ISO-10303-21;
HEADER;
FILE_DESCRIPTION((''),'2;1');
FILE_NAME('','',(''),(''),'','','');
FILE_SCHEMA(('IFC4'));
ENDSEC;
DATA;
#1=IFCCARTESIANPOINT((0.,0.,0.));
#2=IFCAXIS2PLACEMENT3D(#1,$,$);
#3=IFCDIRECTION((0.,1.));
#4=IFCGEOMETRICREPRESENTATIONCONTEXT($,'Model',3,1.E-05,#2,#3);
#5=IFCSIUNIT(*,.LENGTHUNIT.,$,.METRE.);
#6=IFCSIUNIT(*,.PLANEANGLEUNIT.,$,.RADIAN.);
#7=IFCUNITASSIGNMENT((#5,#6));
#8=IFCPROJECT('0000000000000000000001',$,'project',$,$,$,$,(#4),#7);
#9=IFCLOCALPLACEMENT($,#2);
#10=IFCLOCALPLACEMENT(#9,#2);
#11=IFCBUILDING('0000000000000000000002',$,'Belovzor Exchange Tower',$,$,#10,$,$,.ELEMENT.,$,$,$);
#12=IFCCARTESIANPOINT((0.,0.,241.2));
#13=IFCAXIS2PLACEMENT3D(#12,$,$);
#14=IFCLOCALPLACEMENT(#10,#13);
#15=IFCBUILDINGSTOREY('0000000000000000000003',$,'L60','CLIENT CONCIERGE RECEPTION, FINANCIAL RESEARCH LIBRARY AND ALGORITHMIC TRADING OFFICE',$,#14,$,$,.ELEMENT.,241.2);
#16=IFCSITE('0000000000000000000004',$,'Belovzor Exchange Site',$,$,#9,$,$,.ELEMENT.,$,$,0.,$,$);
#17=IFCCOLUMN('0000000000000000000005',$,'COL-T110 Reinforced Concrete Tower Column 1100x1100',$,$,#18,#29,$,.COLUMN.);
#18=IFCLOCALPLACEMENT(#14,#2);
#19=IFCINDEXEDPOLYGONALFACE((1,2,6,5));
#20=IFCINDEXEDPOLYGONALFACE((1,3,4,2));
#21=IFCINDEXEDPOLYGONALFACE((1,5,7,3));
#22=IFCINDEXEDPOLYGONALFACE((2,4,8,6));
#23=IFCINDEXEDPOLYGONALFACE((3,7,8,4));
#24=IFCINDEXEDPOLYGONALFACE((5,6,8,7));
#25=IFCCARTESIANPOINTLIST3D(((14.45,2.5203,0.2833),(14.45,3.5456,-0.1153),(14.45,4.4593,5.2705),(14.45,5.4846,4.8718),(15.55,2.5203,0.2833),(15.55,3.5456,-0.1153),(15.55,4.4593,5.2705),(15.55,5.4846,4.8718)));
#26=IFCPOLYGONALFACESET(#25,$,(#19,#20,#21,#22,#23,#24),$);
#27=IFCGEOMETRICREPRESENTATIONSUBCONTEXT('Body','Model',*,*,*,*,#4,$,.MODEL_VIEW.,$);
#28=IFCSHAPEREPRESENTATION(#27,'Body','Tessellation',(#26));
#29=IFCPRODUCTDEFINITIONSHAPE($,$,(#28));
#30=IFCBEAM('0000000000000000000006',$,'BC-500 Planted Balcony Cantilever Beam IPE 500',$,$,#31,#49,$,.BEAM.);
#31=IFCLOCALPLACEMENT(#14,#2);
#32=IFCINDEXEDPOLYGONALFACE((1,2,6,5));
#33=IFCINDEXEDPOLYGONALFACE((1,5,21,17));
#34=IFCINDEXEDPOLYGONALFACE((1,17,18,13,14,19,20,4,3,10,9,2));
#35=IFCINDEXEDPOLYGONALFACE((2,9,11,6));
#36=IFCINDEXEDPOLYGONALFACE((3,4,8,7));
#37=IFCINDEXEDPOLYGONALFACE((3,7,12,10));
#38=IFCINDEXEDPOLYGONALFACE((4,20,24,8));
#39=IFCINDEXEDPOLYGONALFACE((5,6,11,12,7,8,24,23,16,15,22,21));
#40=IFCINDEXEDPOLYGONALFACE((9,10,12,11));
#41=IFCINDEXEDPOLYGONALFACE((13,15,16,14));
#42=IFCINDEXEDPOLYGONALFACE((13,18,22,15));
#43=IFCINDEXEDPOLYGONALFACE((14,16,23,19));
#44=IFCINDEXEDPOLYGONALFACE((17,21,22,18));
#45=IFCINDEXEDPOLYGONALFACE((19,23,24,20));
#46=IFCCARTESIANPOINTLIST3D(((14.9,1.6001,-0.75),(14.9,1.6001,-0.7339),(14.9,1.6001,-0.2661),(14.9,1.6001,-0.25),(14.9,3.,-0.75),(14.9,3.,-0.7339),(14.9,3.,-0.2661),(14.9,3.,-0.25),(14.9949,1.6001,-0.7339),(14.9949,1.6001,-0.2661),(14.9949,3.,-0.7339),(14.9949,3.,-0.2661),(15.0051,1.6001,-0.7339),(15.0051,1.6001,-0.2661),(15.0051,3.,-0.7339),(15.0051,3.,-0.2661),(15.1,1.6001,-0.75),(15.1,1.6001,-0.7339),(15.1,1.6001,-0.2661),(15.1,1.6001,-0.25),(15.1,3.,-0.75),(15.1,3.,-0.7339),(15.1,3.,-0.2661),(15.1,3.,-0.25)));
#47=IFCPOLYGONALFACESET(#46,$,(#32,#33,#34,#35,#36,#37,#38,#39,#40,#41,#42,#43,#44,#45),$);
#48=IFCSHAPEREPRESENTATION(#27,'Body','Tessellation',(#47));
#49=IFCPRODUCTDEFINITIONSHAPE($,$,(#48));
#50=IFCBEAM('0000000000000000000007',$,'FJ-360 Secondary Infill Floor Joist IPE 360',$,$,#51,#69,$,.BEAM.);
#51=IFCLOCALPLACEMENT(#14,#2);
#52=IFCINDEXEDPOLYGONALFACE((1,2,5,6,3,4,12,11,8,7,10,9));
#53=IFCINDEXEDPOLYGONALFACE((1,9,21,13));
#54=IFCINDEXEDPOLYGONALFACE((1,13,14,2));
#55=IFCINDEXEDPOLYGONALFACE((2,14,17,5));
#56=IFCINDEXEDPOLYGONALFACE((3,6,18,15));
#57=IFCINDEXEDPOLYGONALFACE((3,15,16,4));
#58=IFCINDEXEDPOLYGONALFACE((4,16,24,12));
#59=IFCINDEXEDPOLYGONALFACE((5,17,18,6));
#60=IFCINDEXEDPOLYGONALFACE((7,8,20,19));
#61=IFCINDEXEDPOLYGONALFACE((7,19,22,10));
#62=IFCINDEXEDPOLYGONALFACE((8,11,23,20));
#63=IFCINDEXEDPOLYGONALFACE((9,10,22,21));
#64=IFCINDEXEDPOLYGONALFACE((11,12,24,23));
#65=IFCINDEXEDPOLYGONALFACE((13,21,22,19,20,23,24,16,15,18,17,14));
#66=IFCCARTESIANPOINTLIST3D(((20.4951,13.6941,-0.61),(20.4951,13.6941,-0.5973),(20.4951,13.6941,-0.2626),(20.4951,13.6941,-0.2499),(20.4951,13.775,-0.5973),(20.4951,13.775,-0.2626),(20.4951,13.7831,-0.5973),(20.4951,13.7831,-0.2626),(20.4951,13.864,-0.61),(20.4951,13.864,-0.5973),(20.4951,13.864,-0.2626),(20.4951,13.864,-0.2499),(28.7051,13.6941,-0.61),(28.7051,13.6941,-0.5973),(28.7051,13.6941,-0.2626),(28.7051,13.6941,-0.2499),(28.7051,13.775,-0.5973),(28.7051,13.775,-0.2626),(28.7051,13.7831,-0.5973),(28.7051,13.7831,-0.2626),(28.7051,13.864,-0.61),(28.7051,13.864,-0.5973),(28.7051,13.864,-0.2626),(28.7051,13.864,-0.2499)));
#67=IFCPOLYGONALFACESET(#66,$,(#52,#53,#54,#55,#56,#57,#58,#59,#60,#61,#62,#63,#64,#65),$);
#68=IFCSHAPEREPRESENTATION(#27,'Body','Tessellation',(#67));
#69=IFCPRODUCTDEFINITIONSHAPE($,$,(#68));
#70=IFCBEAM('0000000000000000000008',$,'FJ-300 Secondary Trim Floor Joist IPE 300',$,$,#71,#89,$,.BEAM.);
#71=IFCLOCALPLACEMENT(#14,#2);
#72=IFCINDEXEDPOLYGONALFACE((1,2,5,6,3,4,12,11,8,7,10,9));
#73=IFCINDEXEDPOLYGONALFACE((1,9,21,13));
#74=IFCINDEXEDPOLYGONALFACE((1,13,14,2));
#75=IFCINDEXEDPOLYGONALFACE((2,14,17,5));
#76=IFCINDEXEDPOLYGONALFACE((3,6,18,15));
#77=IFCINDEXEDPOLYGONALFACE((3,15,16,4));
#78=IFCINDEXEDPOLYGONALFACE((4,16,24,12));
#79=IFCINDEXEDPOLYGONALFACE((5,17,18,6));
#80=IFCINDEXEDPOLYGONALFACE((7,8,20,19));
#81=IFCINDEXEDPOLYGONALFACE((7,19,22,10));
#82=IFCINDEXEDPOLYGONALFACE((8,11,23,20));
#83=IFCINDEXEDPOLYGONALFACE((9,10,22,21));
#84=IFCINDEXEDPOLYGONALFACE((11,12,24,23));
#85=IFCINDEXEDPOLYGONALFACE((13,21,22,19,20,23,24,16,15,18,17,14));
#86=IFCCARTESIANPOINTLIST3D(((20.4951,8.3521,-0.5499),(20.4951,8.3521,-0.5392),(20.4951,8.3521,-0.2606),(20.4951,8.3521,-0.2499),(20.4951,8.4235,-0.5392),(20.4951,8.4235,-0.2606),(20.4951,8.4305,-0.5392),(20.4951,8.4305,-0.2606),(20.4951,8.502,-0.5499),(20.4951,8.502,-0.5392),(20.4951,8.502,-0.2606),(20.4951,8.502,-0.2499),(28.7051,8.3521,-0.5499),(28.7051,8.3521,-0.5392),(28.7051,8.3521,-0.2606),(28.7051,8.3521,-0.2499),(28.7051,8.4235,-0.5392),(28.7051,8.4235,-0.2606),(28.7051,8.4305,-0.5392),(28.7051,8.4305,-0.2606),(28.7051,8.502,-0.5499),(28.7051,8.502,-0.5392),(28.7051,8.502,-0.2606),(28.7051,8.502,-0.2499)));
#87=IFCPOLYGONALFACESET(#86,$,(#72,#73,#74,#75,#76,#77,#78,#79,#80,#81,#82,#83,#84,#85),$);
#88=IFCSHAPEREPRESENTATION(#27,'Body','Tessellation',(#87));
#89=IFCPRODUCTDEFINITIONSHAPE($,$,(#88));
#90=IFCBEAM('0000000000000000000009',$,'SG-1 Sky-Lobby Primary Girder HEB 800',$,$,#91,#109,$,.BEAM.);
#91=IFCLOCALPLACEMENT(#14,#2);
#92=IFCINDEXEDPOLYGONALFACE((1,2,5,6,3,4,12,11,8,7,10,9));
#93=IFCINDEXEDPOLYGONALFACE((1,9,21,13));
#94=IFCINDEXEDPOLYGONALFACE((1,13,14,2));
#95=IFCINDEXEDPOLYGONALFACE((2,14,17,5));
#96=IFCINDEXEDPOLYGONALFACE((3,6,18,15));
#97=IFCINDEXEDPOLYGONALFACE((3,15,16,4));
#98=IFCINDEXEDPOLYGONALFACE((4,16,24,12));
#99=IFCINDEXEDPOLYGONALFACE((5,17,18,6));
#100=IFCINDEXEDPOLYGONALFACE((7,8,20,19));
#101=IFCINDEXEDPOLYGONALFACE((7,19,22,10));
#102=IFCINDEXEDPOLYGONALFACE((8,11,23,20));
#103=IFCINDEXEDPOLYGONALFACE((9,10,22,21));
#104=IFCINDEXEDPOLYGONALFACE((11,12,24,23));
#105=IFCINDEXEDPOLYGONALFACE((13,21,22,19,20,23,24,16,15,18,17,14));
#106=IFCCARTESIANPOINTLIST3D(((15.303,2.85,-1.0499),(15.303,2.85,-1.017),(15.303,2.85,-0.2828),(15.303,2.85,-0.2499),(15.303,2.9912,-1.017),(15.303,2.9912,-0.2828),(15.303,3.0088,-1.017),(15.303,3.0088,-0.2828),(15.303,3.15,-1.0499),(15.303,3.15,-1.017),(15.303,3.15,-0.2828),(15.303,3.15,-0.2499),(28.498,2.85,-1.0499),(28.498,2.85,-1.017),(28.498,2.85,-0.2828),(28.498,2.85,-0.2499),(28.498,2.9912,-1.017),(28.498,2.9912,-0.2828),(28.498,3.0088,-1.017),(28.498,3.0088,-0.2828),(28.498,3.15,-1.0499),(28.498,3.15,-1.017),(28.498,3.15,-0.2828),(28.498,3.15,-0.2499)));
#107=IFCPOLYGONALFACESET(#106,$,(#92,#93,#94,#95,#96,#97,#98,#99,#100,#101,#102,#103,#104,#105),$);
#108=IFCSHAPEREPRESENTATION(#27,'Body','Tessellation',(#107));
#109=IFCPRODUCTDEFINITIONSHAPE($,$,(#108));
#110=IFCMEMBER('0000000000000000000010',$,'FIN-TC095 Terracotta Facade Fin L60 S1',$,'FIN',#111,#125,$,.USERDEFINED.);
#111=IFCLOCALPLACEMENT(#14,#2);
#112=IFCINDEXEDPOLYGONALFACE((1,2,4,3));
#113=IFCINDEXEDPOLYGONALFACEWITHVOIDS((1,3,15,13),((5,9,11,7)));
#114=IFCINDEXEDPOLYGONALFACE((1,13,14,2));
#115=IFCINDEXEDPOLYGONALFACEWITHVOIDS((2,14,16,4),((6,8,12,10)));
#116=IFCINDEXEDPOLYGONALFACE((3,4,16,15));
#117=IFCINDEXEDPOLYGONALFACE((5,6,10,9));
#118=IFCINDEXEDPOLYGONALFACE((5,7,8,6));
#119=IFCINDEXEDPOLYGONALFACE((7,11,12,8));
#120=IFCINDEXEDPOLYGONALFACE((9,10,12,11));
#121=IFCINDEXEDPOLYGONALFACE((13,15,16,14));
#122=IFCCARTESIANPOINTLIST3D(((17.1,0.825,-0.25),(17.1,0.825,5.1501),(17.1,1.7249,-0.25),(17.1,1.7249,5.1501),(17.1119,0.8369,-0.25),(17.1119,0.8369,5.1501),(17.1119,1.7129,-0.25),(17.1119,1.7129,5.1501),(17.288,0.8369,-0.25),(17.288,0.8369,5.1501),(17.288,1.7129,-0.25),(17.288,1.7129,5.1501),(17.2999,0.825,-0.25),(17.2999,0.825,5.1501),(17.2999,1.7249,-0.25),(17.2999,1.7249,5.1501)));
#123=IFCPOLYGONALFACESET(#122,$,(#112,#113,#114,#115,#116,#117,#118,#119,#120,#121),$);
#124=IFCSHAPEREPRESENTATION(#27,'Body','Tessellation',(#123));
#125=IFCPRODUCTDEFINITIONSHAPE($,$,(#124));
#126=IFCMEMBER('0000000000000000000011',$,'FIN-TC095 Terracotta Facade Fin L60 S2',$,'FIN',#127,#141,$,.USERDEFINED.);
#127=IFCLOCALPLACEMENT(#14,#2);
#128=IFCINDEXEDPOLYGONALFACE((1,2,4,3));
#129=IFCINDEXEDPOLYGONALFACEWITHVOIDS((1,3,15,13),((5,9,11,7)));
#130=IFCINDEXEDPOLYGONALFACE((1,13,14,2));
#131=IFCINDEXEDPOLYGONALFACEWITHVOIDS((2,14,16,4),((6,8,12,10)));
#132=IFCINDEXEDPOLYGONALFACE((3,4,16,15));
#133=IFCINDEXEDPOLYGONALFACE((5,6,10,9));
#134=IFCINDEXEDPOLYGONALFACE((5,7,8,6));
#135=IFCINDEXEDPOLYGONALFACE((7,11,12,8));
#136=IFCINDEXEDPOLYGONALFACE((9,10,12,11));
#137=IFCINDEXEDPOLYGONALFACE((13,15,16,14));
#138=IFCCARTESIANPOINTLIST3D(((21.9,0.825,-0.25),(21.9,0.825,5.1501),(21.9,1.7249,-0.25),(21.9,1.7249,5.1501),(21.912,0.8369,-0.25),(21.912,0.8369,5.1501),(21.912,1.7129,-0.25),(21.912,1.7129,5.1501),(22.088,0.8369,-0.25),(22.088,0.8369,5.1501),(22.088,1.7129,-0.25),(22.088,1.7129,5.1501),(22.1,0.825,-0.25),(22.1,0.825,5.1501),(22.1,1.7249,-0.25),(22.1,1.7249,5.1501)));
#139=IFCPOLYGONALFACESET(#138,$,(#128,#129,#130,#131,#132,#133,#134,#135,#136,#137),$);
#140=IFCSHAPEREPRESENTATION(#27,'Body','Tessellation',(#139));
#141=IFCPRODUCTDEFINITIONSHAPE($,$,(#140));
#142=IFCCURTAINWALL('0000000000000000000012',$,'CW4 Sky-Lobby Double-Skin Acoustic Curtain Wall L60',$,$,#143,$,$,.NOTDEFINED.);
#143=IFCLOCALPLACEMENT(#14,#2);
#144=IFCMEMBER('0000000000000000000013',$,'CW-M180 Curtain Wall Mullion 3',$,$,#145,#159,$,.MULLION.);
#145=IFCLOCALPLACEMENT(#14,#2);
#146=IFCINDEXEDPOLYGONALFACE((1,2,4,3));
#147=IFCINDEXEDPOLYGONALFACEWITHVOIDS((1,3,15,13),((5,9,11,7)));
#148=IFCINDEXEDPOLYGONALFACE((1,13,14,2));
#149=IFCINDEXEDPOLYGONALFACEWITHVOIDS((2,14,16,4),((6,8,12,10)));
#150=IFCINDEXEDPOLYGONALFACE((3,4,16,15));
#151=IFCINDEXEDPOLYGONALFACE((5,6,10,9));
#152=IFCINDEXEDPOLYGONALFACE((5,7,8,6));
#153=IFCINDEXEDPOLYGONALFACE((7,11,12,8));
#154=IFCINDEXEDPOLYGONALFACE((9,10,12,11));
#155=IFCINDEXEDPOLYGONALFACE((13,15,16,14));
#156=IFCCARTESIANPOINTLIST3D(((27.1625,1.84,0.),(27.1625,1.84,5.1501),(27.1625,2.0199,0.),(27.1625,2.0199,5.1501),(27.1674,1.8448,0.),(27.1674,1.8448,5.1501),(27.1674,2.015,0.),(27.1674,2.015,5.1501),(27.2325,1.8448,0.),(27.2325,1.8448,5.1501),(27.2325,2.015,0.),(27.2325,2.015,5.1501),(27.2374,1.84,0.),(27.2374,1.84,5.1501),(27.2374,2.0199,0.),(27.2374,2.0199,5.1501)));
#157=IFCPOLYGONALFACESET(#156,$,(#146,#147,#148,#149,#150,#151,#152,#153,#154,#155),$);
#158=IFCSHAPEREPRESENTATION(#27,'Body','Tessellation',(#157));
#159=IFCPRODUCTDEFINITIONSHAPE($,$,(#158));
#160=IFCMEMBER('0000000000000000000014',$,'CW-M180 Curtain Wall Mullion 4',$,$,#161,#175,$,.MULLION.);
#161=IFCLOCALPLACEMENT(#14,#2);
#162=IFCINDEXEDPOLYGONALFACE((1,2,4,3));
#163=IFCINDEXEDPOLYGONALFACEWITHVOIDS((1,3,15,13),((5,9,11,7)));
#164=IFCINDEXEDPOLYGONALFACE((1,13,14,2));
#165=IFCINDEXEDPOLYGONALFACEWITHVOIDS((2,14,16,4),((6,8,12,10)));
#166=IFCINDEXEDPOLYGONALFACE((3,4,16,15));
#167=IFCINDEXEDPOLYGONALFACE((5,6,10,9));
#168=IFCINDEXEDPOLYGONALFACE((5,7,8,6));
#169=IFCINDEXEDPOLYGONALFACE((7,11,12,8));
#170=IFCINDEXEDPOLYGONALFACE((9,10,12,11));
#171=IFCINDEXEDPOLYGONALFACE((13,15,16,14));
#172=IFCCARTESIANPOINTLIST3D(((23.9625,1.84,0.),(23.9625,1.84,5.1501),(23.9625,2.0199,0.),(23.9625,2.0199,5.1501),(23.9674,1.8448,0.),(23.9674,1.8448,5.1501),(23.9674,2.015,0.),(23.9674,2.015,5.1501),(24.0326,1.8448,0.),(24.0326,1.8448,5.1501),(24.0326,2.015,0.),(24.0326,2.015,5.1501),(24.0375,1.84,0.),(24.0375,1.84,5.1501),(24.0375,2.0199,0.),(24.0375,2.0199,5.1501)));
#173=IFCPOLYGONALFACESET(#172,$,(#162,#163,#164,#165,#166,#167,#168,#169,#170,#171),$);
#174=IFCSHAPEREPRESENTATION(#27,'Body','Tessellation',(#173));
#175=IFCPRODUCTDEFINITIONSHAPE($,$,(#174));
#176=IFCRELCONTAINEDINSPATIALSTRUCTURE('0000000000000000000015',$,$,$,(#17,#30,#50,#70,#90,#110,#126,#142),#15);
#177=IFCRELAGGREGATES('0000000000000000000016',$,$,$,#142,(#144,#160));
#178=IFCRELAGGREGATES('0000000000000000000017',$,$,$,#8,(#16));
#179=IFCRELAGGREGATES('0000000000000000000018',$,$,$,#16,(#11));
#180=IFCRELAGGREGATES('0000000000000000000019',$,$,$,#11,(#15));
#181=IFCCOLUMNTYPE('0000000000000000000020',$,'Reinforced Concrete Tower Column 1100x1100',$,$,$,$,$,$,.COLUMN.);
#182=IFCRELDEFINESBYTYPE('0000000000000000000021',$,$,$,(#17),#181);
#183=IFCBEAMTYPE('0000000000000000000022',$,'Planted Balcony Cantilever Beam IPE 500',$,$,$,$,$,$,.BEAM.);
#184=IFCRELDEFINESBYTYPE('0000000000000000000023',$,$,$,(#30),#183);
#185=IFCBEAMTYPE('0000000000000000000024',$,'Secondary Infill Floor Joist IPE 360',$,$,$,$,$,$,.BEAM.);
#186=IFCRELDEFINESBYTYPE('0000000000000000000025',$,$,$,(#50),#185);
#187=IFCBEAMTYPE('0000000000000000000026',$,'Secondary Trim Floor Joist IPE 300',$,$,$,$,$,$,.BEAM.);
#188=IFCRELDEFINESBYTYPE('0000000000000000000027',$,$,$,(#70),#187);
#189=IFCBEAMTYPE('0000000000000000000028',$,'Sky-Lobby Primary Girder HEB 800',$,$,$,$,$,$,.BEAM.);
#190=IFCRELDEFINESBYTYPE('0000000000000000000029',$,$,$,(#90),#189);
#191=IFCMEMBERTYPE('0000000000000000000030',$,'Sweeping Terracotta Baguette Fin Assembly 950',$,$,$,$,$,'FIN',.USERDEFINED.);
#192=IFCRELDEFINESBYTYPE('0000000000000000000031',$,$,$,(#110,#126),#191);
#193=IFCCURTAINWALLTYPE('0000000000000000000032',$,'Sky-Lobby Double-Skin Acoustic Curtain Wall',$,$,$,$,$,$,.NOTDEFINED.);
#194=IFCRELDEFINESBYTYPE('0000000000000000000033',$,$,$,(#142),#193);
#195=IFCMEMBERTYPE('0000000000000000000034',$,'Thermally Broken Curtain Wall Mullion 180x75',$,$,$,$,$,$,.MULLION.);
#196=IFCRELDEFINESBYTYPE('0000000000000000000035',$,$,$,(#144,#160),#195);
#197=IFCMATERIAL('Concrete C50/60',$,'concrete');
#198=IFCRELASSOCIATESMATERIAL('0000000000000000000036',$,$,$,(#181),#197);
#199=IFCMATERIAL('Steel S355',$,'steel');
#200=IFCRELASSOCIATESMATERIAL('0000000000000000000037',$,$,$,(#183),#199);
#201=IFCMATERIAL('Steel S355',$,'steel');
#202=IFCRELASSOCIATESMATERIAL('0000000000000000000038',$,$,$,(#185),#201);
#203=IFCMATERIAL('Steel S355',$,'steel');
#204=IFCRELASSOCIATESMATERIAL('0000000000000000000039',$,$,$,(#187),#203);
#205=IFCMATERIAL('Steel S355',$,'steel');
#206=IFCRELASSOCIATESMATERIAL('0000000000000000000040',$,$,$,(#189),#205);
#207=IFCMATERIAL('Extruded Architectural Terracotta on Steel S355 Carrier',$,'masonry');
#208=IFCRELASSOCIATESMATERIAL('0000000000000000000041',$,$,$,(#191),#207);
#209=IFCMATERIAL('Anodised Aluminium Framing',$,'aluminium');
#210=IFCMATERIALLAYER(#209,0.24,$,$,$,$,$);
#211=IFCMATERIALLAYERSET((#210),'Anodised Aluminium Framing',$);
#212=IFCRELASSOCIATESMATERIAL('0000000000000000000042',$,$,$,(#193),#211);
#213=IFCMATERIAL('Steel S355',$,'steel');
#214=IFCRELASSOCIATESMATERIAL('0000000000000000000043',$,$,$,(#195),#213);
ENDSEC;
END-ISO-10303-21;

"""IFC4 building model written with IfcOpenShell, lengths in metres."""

from ifc_helpers import new_model, si_unit, direction, frame, origin, origin_2d, place, context, subcontext, project, spatial, rectangle, hollow_rectangle, i_section, extrude, material, layer, layer_set, material_profile, profile_set, type_object, element, aggregate, save


model = new_model("IFC4")

# Units and contexts
model_context = context("Model", 3, precision=1e-05, world=origin(), true_north=direction((0.0, 1.0)))
body_context = subcontext(model_context, "Body", "Model", "MODEL_VIEW")
ifc_project = project(units=[si_unit("LENGTHUNIT", "METRE"), si_unit("PLANEANGLEUNIT", "RADIAN")], contexts=[model_context])

# Site, building, storey
site_placement = place(None, origin())
site = spatial("IfcSite", under=ifc_project, at=site_placement, Name="Belovzor Exchange Site", CompositionType="ELEMENT", RefElevation=0.0)
building_placement = place(site_placement, origin())
building = spatial("IfcBuilding", under=site, at=building_placement, Name="Belovzor Exchange Tower", CompositionType="ELEMENT")
storey_placement = place(building_placement, frame((0.0, 0.0, 241.2)))
storey = spatial("IfcBuildingStorey", under=building, at=storey_placement, Name="L60", Description="CLIENT CONCIERGE RECEPTION, FINANCIAL RESEARCH LIBRARY AND ALGORITHMIC TRADING OFFICE", CompositionType="ELEMENT", Elevation=241.2)

# Column
ifc_material_1 = material(Name="Concrete C50/60", Category="concrete")
ifc_material_profile_1 = material_profile(ifc_material_1, rectangle(XDim=1.1001, YDim=1.1001, at=origin_2d()))
ifc_profile_set_1 = profile_set([ifc_material_profile_1], Name="Concrete C50/60")
column_type = type_object("IfcColumnType", Name="Reinforced Concrete Tower Column 1100x1100", PredefinedType="COLUMN", material=ifc_profile_set_1)
column_placement = place(storey_placement, frame((15.0, 3.033, 0.084), z_axis=(0.0, 0.362374, 0.932033), x_axis=(-1.0, 0.0, 0.0)))
element("IfcColumn", 1, at=column_placement, inside=storey, type_object=column_type, Name="COL-T110 Reinforced Concrete Tower Column 1100x1100", PredefinedType="COLUMN", context=body_context, shape_type="SweptSolid", body=[
    extrude(rectangle(XDim=1.1001, YDim=1.1001, at=origin_2d()), origin(), (0.0, 0.0, 1.0), 5.3508),
])

# Beams
ifc_material_2 = material(Name="Steel S355", Category="steel")
ifc_material_profile_2 = material_profile(ifc_material_2, i_section(OverallWidth=0.2, OverallDepth=0.5, WebThickness=0.0103, FlangeThickness=0.0161, at=origin_2d()))
ifc_profile_set_2 = profile_set([ifc_material_profile_2], Name="Steel S355")
beam_type_1 = type_object("IfcBeamType", Name="Planted Balcony Cantilever Beam IPE 500", PredefinedType="BEAM", material=ifc_profile_set_2)
beam_1_placement = place(storey_placement, frame((15.0, 3.0, -0.5), z_axis=(0.0, -1.0, 0.0), x_axis=(1.0, 0.0, 0.0)))
element("IfcBeam", 2, at=beam_1_placement, inside=storey, type_object=beam_type_1, Name="BC-500 Planted Balcony Cantilever Beam IPE 500", PredefinedType="BEAM", context=body_context, shape_type="SweptSolid", body=[
    extrude(i_section(OverallWidth=0.2, OverallDepth=0.5, WebThickness=0.0103, FlangeThickness=0.0161, at=origin_2d()), origin(), (0.0, 0.0, 1.0), 1.3999),
])
ifc_material_3 = material(Name="Steel S355", Category="steel")
ifc_material_profile_3 = material_profile(ifc_material_3, i_section(OverallWidth=0.1699, OverallDepth=0.3601, WebThickness=0.0081, FlangeThickness=0.0127, at=origin_2d()))
ifc_profile_set_3 = profile_set([ifc_material_profile_3], Name="Steel S355")
beam_type_2 = type_object("IfcBeamType", Name="Secondary Infill Floor Joist IPE 360", PredefinedType="BEAM", material=ifc_profile_set_3)
beam_2_placement = place(storey_placement, frame((20.4951, 13.7791, -0.4299), z_axis=(1.0, 0.0, 0.0), x_axis=(0.0, 1.0, 0.0)))
element("IfcBeam", 3, at=beam_2_placement, inside=storey, type_object=beam_type_2, Name="FJ-360 Secondary Infill Floor Joist IPE 360", PredefinedType="BEAM", context=body_context, shape_type="SweptSolid", body=[
    extrude(i_section(OverallWidth=0.1699, OverallDepth=0.3601, WebThickness=0.0081, FlangeThickness=0.0127, at=origin_2d()), origin(), (0.0, 0.0, 1.0), 8.21),
])
ifc_material_4 = material(Name="Steel S355", Category="steel")
ifc_material_profile_4 = material_profile(ifc_material_4, i_section(OverallWidth=0.1499, OverallDepth=0.3, WebThickness=0.0071, FlangeThickness=0.0107, at=origin_2d()))
ifc_profile_set_4 = profile_set([ifc_material_profile_4], Name="Steel S355")
beam_type_3 = type_object("IfcBeamType", Name="Secondary Trim Floor Joist IPE 300", PredefinedType="BEAM", material=ifc_profile_set_4)
beam_3_placement = place(storey_placement, frame((20.4951, 8.427, -0.3999), z_axis=(1.0, 0.0, 0.0), x_axis=(0.0, 1.0, 0.0)))
element("IfcBeam", 4, at=beam_3_placement, inside=storey, type_object=beam_type_3, Name="FJ-300 Secondary Trim Floor Joist IPE 300", PredefinedType="BEAM", context=body_context, shape_type="SweptSolid", body=[
    extrude(i_section(OverallWidth=0.1499, OverallDepth=0.3, WebThickness=0.0071, FlangeThickness=0.0107, at=origin_2d()), origin(), (0.0, 0.0, 1.0), 8.21),
])
ifc_material_5 = material(Name="Steel S355", Category="steel")
ifc_material_profile_5 = material_profile(ifc_material_5, i_section(OverallWidth=0.3, OverallDepth=0.8, WebThickness=0.0176, FlangeThickness=0.033, at=origin_2d()))
ifc_profile_set_5 = profile_set([ifc_material_profile_5], Name="Steel S355")
beam_type_4 = type_object("IfcBeamType", Name="Sky-Lobby Primary Girder HEB 800", PredefinedType="BEAM", material=ifc_profile_set_5)
beam_4_placement = place(storey_placement, frame((15.303, 3.0, -0.6499), z_axis=(1.0, 0.0, 0.0), x_axis=(0.0, 1.0, 0.0)))
element("IfcBeam", 5, at=beam_4_placement, inside=storey, type_object=beam_type_4, Name="SG-1 Sky-Lobby Primary Girder HEB 800", PredefinedType="BEAM", context=body_context, shape_type="SweptSolid", body=[
    extrude(i_section(OverallWidth=0.3, OverallDepth=0.8, WebThickness=0.0176, FlangeThickness=0.033, at=origin_2d()), origin(), (0.0, 0.0, 1.0), 13.1951),
])

# Members
ifc_material_6 = material(Name="Extruded Architectural Terracotta on Steel S355 Carrier", Category="masonry")
ifc_material_profile_6 = material_profile(ifc_material_6, hollow_rectangle(XDim=0.2, YDim=0.8999, WallThickness=0.012, at=origin_2d()))
ifc_profile_set_6 = profile_set([ifc_material_profile_6], Name="Extruded Architectural Terracotta on Steel S355 Carrier")
member_type_1 = type_object("IfcMemberType", Name="Sweeping Terracotta Baguette Fin Assembly 950", ElementType="FIN", PredefinedType="USERDEFINED", material=ifc_profile_set_6)
for number, where, z_axis, x_axis, name in (
    (6, (17.2, 1.2749, -0.25), (0.0, 0.0, 1.0), (1.0, 0.0, 0.0), "FIN-TC095 Terracotta Facade Fin L60 S1"),
    (7, (22.0, 1.2749, -0.25), (0.0, 0.0, 1.0), (1.0, 0.0, 0.0), "FIN-TC095 Terracotta Facade Fin L60 S2"),
):
    element("IfcMember", number, at=place(storey_placement, frame(where, z_axis=z_axis, x_axis=x_axis)), inside=storey, type_object=member_type_1, Name=name, ObjectType="FIN", PredefinedType="USERDEFINED", context=body_context, shape_type="SweptSolid", body=[
        extrude(hollow_rectangle(XDim=0.2, YDim=0.8999, WallThickness=0.012, at=origin_2d()), origin(), (0.0, 0.0, 1.0), 5.4001),
    ])

# Curtain wall, members
ifc_material_7 = material(Name="Anodised Aluminium Framing", Category="aluminium")
ifc_layer_1 = layer(ifc_material_7, 0.24)
ifc_layer_set_1 = layer_set([ifc_layer_1], Name="Anodised Aluminium Framing")
curtain_wall_type = type_object("IfcCurtainWallType", Name="Sky-Lobby Double-Skin Acoustic Curtain Wall", PredefinedType="NOTDEFINED", material=ifc_layer_set_1)
curtain_wall_placement = place(storey_placement, origin())
curtain_wall = element("IfcCurtainWall", 8, at=curtain_wall_placement, inside=storey, type_object=curtain_wall_type, Name="CW4 Sky-Lobby Double-Skin Acoustic Curtain Wall L60", PredefinedType="NOTDEFINED")
ifc_material_8 = material(Name="Steel S355", Category="steel")
ifc_material_profile_7 = material_profile(ifc_material_8, hollow_rectangle(XDim=0.075, YDim=0.1799, WallThickness=0.0049, at=origin_2d()))
ifc_profile_set_7 = profile_set([ifc_material_profile_7], Name="Steel S355")
member_type_2 = type_object("IfcMemberType", Name="Thermally Broken Curtain Wall Mullion 180x75", PredefinedType="MULLION", material=ifc_profile_set_7)
member_1_placement = place(storey_placement, frame((27.2, 1.9299, 0.0), z_axis=(0.0, 0.0, 1.0), x_axis=(-1.0, 0.0, 0.0)))
member_1 = element("IfcMember", 9, at=member_1_placement, type_object=member_type_2, Name="CW-M180 Curtain Wall Mullion 3", PredefinedType="MULLION", context=body_context, shape_type="SweptSolid", body=[
    extrude(hollow_rectangle(XDim=0.075, YDim=0.1799, WallThickness=0.0049, at=origin_2d()), origin(), (0.0, 0.0, 1.0), 5.1501),
])
member_2_placement = place(storey_placement, frame((24.0, 1.9299, 0.0), z_axis=(0.0, 0.0, 1.0), x_axis=(-1.0, 0.0, 0.0)))
member_2 = element("IfcMember", 10, at=member_2_placement, type_object=member_type_2, Name="CW-M180 Curtain Wall Mullion 4", PredefinedType="MULLION", context=body_context, shape_type="SweptSolid", body=[
    extrude(hollow_rectangle(XDim=0.075, YDim=0.1799, WallThickness=0.0049, at=origin_2d()), origin(), (0.0, 0.0, 1.0), 5.1501),
])

aggregate(curtain_wall, [member_1, member_2])

save(model, "model.ifc")
